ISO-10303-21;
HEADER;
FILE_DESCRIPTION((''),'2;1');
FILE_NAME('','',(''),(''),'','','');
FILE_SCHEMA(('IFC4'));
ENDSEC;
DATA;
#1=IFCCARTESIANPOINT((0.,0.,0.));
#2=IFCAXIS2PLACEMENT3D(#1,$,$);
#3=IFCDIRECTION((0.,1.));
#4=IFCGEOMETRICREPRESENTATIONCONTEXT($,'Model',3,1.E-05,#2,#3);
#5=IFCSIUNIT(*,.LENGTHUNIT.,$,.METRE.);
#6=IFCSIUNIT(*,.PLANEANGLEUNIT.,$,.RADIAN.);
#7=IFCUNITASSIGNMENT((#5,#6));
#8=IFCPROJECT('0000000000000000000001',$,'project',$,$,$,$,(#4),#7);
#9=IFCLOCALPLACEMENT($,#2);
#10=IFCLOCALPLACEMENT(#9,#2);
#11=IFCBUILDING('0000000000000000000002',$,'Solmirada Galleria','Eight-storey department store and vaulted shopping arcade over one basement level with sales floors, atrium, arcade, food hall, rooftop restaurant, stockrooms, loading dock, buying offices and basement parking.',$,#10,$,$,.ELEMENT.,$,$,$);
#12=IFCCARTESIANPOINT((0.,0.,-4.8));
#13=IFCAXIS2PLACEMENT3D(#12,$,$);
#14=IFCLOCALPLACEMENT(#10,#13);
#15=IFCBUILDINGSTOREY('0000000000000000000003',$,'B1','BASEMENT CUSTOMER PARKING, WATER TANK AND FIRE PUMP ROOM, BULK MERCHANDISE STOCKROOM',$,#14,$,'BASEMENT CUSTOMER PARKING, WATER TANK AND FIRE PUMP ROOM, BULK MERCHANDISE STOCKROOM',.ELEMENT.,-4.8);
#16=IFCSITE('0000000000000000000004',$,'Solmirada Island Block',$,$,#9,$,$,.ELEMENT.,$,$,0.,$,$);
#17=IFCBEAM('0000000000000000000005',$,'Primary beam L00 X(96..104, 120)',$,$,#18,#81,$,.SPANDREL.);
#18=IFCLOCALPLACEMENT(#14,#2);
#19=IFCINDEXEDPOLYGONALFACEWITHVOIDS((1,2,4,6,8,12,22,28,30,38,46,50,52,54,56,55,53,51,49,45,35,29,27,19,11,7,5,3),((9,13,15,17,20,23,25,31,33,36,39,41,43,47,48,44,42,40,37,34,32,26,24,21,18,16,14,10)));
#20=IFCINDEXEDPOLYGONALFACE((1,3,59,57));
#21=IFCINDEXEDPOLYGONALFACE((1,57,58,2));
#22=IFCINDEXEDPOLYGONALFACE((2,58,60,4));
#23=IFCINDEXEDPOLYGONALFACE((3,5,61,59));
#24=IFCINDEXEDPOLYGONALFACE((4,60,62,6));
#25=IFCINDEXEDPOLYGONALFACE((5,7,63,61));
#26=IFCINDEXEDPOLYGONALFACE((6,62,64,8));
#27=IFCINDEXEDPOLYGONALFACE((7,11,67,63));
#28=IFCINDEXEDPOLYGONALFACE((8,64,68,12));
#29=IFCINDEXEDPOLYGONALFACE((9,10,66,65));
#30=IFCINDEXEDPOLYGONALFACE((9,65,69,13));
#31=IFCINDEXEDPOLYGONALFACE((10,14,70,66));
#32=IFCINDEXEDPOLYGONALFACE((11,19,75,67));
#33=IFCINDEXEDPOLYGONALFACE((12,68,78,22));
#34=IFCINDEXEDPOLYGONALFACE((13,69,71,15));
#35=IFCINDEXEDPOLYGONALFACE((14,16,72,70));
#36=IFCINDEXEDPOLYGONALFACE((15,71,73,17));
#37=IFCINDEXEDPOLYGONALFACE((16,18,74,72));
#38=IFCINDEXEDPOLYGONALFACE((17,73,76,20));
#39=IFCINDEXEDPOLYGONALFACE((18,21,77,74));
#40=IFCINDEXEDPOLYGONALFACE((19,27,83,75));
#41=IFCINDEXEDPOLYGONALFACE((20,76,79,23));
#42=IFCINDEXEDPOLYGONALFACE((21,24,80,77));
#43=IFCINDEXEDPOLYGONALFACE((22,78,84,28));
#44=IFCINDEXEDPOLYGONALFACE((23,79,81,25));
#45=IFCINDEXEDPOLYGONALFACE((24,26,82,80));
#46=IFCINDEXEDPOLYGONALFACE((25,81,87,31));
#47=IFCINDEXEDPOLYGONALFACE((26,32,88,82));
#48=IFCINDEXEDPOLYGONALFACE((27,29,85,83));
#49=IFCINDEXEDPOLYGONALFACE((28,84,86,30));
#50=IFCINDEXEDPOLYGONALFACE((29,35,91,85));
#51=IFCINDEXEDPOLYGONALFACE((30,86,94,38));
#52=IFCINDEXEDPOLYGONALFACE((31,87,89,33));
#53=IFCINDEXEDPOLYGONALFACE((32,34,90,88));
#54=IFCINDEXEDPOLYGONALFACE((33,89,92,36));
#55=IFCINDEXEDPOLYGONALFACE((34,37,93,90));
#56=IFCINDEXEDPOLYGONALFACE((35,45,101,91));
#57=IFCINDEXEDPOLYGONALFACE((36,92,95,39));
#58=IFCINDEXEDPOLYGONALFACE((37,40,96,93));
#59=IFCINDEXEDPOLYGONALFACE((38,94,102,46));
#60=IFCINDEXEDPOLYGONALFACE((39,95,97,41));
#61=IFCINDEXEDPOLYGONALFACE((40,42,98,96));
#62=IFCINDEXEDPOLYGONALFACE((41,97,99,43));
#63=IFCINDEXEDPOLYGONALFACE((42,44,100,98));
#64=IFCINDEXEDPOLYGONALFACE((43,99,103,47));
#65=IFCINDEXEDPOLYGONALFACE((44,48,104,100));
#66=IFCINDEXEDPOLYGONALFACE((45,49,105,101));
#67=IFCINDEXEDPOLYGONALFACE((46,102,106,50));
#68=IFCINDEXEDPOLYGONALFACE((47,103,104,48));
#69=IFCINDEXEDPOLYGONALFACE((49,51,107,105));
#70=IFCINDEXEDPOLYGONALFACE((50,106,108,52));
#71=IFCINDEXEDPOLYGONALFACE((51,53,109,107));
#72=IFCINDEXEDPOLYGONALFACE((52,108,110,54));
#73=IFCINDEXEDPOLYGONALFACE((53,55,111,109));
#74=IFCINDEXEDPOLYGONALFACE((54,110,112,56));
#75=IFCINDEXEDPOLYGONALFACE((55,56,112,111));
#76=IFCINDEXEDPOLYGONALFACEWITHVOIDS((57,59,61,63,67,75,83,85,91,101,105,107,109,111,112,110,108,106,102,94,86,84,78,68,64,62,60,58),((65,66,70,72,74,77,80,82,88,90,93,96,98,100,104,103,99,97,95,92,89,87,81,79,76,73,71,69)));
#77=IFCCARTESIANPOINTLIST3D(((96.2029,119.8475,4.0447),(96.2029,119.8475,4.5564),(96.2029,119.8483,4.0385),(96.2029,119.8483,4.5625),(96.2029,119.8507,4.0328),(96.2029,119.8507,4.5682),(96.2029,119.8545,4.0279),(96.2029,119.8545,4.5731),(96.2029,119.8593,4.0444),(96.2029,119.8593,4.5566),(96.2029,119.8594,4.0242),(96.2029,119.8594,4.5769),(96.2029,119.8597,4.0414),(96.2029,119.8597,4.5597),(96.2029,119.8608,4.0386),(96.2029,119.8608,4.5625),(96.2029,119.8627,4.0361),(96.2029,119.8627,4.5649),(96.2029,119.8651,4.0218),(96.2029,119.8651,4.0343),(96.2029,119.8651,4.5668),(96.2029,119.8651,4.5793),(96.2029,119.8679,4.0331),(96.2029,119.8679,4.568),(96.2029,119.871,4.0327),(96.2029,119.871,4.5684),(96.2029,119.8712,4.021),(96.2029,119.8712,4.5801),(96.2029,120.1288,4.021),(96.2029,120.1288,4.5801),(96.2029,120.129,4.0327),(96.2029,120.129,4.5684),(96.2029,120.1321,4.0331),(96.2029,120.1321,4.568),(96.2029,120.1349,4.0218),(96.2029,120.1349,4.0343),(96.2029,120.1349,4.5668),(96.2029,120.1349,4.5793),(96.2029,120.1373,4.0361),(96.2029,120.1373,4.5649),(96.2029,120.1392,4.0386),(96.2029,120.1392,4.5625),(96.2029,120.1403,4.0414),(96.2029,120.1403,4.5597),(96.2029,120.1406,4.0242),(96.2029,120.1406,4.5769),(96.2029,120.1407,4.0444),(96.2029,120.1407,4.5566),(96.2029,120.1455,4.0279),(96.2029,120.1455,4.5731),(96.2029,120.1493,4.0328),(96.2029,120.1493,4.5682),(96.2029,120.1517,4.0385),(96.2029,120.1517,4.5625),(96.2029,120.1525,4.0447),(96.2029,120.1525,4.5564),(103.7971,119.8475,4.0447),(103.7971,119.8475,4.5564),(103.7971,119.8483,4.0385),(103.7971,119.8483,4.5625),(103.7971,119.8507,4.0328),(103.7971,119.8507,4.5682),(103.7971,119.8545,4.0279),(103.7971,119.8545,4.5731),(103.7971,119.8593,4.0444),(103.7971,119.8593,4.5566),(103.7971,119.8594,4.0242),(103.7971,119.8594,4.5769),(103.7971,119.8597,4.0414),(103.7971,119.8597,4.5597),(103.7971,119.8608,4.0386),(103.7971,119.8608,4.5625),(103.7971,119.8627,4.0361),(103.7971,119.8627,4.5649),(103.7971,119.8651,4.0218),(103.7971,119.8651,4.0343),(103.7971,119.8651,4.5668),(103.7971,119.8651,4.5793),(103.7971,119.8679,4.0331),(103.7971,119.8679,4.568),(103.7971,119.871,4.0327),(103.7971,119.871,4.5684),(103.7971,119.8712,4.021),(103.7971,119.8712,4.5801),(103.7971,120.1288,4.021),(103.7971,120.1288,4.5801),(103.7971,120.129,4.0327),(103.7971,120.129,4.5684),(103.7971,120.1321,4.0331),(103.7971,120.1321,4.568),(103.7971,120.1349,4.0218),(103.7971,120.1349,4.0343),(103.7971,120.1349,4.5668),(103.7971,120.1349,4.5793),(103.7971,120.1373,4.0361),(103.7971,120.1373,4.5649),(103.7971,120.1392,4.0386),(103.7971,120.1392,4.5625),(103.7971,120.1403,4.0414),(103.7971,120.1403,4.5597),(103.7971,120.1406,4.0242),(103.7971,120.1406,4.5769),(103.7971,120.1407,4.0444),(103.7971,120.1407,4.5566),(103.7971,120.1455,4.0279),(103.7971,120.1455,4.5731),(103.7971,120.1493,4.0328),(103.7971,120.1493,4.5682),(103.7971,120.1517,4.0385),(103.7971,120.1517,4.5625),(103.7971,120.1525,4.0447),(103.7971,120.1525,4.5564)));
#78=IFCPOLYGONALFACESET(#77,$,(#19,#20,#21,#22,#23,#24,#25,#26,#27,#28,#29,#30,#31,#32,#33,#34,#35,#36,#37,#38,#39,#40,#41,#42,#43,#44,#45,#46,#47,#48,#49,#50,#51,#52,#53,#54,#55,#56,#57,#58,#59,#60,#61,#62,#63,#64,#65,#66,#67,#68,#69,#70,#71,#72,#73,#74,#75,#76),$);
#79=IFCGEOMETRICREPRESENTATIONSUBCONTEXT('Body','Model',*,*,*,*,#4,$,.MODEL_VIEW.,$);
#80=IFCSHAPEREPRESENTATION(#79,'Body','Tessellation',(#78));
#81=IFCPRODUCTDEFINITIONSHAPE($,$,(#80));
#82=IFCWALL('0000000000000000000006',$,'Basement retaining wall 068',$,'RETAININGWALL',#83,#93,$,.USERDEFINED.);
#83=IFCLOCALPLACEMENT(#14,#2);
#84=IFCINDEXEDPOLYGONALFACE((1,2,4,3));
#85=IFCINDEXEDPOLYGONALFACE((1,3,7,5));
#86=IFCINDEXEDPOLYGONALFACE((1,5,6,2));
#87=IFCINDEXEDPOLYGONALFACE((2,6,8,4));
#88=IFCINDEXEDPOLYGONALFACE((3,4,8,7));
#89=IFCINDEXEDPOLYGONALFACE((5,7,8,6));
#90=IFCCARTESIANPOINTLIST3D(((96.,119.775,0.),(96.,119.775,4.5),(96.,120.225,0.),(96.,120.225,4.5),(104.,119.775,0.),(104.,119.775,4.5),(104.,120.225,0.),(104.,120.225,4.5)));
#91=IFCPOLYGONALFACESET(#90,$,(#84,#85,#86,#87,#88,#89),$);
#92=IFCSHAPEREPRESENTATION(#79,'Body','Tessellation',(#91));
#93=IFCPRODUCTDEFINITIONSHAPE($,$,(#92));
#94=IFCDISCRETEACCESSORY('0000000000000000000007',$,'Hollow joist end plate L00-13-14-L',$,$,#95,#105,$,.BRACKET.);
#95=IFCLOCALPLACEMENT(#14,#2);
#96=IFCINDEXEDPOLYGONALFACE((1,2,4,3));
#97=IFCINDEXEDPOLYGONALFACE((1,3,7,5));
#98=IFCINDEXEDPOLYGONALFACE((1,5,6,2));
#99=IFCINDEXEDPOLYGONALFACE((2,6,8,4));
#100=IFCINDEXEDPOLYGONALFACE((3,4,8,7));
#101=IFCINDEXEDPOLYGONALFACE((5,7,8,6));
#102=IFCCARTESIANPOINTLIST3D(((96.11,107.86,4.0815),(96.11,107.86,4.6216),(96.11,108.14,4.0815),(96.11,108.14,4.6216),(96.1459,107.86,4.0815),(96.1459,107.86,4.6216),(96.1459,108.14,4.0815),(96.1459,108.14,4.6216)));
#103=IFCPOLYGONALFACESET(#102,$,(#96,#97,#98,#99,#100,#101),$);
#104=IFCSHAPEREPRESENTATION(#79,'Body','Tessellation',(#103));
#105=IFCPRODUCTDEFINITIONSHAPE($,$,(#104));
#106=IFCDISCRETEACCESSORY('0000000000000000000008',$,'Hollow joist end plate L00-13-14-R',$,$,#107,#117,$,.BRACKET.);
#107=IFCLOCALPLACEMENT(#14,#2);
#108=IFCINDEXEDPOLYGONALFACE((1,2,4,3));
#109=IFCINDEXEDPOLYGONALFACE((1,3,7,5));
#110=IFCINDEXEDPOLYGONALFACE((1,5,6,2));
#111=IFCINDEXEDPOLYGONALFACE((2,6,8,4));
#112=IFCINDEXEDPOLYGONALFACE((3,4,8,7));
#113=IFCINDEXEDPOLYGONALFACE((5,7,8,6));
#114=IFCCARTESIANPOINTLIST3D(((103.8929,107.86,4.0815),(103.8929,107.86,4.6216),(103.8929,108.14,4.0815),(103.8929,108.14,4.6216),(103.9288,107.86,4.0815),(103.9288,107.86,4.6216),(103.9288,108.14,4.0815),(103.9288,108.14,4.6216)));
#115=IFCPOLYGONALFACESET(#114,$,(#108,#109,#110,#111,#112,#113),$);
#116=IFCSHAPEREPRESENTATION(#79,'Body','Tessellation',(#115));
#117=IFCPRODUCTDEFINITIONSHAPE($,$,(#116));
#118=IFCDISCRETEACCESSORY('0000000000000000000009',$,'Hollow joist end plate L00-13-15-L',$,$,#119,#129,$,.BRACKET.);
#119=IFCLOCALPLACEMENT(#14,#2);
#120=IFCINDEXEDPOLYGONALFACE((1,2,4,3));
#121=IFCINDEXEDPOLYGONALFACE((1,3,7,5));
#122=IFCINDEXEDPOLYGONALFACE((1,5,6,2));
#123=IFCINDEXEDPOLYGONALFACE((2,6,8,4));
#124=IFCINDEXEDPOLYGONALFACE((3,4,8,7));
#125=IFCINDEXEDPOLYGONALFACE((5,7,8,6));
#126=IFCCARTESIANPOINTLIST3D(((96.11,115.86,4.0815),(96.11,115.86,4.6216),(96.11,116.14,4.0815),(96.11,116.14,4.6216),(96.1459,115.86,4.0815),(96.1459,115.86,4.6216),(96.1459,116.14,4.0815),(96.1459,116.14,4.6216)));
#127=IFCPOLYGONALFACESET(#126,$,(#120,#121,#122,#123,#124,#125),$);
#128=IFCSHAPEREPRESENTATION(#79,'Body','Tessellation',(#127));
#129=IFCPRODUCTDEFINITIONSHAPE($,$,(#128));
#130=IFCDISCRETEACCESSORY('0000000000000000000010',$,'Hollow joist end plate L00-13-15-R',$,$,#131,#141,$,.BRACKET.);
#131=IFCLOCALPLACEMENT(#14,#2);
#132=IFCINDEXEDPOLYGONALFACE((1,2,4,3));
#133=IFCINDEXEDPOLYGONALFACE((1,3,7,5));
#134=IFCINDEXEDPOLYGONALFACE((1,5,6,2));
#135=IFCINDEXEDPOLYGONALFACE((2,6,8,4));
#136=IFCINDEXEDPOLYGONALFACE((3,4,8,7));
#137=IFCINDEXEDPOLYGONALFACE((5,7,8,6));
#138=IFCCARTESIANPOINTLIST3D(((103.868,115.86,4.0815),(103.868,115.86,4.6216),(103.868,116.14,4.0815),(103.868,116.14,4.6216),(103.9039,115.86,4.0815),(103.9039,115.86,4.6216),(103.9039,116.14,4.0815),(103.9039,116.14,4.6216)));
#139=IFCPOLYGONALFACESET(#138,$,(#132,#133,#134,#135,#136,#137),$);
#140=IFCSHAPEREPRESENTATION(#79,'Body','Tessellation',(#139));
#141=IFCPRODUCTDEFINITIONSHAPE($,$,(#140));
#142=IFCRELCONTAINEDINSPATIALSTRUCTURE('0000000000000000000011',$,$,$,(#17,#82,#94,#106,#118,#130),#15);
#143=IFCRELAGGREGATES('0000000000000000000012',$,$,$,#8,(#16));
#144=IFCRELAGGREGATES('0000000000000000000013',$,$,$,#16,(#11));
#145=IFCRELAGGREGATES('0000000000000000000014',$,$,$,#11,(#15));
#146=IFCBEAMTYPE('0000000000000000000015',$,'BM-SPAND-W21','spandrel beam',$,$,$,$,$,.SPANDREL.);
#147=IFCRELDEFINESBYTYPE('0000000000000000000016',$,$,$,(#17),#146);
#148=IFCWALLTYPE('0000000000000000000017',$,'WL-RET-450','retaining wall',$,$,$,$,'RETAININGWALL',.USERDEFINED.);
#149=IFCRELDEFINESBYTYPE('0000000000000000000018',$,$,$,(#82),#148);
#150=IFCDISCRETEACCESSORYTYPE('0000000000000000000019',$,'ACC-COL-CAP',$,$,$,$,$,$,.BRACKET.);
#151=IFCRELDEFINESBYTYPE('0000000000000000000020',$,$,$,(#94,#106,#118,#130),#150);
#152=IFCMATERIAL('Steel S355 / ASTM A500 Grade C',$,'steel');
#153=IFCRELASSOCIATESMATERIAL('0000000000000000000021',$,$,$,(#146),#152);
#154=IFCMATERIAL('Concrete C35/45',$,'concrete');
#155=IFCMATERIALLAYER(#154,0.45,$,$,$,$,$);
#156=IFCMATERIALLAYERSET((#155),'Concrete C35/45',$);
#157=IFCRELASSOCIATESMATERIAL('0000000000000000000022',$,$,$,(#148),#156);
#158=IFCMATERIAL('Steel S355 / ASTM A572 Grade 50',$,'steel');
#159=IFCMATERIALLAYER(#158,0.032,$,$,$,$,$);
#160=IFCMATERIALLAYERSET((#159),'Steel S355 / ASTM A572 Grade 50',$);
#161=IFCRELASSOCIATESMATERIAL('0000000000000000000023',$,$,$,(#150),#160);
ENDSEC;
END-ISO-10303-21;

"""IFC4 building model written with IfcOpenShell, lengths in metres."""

from ifc_helpers import new_model, si_unit, direction, frame, frame_2d, origin, origin_2d, place, context, subcontext, project, spatial, rectangle, hollow_rectangle, extrude, material, layer, layer_set, material_profile, profile_set, type_object, element, save


model = new_model("IFC4")

# Units and contexts
model_context = context("Model", 3, precision=1e-05, world=origin(), true_north=direction((0.0, 1.0)))
body_context = subcontext(model_context, "Body", "Model", "MODEL_VIEW")
ifc_project = project(units=[si_unit("LENGTHUNIT", "METRE"), si_unit("PLANEANGLEUNIT", "RADIAN")], contexts=[model_context])

# Site, building, storey
site_placement = place(None, origin())
site = spatial("IfcSite", under=ifc_project, at=site_placement, Name="Solmirada Island Block", CompositionType="ELEMENT", RefElevation=0.0)
building_placement = place(site_placement, origin())
building = spatial("IfcBuilding", under=site, at=building_placement, Name="Solmirada Galleria", Description="Eight-storey department store and vaulted shopping arcade over one basement level with sales floors, atrium, arcade, food hall, rooftop restaurant, stockrooms, loading dock, buying offices and basement parking.", CompositionType="ELEMENT")
storey_placement = place(building_placement, frame((0.0, 0.0, -4.8)))
storey = spatial("IfcBuildingStorey", under=building, at=storey_placement, Name="B1", Description="BASEMENT CUSTOMER PARKING, WATER TANK AND FIRE PUMP ROOM, BULK MERCHANDISE STOCKROOM", LongName="BASEMENT CUSTOMER PARKING, WATER TANK AND FIRE PUMP ROOM, BULK MERCHANDISE STOCKROOM", CompositionType="ELEMENT", Elevation=-4.8)

# Shared definitions
ifc_material_1 = material(Name="Concrete C35/45", Category="concrete")

# Shared definitions
ifc_material_2 = material(Name="Steel S355 / ASTM A500 Grade C", Category="steel")

# Beam
ifc_material_profile_1 = material_profile(ifc_material_2, hollow_rectangle(XDim=0.3049, YDim=0.5591, WallThickness=0.0117, InnerFilletRadius=0.0117, OuterFilletRadius=0.0237, at=origin_2d()), Name="HSS22X12X1/2")
ifc_profile_set_1 = profile_set([ifc_material_profile_1], Name="Steel S355 / ASTM A500 Grade C")
beam_type_1 = type_object("IfcBeamType", Name="BM-SPAND-W21", Description="spandrel beam", PredefinedType="SPANDREL", material=ifc_profile_set_1)
beam_1_placement = place(storey_placement, frame((96.2029, 120.0, 4.3005), z_axis=(1.0, 0.0, 0.0), x_axis=(0.0, 1.0, 0.0)))
element("IfcBeam", 1, at=beam_1_placement, inside=storey, type_object=beam_type_1, Name="Primary beam L00 X(96..104, 120)", PredefinedType="SPANDREL", context=body_context, shape_type="SweptSolid", body=[
    extrude(hollow_rectangle(XDim=0.3049, YDim=0.5591, WallThickness=0.0117, InnerFilletRadius=0.0117, OuterFilletRadius=0.0237, at=origin_2d()), origin(), (0.0, 0.0, 1.0), 7.5942),
])

# Wall
ifc_layer_1 = layer(ifc_material_1, 0.45)
ifc_layer_set_1 = layer_set([ifc_layer_1], Name="Concrete C35/45")
wall_type = type_object("IfcWallType", Name="WL-RET-450", Description="retaining wall", ElementType="RETAININGWALL", PredefinedType="USERDEFINED", material=ifc_layer_set_1)
wall_placement = place(storey_placement, frame((96.0, 120.0, 0.0), z_axis=(0.0, 0.0, 1.0), x_axis=(1.0, 0.0, 0.0)))
element("IfcWall", 2, at=wall_placement, inside=storey, type_object=wall_type, Name="Basement retaining wall 068", ObjectType="RETAININGWALL", PredefinedType="USERDEFINED", context=body_context, shape_type="SweptSolid", body=[
    extrude(rectangle(XDim=8.0, YDim=0.45, at=frame_2d((4.0, 0.0))), origin(), (0.0, 0.0, 1.0), 4.5),
])

# Discrete accessories
ifc_material_3 = material(Name="Steel S355 / ASTM A572 Grade 50", Category="steel")
ifc_layer_2 = layer(ifc_material_3, 0.032)
ifc_layer_set_2 = layer_set([ifc_layer_2], Name="Steel S355 / ASTM A572 Grade 50")
discrete_accessory_type = type_object("IfcDiscreteAccessoryType", Name="ACC-COL-CAP", PredefinedType="BRACKET", material=ifc_layer_set_2)
for number, where, z_axis, x_axis, name in (
    (3, (96.1279, 108.0, 4.0815), (0.0, 0.0, 1.0), (1.0, 0.0, 0.0), "Hollow joist end plate L00-13-14-L"),
    (4, (103.9109, 108.0, 4.0815), (0.0, 0.0, 1.0), (1.0, 0.0, 0.0), "Hollow joist end plate L00-13-14-R"),
    (5, (96.1279, 116.0, 4.0815), (0.0, 0.0, 1.0), (1.0, 0.0, 0.0), "Hollow joist end plate L00-13-15-L"),
    (6, (103.886, 116.0, 4.0815), (0.0, 0.0, 1.0), (1.0, 0.0, 0.0), "Hollow joist end plate L00-13-15-R"),
):
    element("IfcDiscreteAccessory", number, at=place(storey_placement, frame(where, z_axis=z_axis, x_axis=x_axis)), inside=storey, type_object=discrete_accessory_type, Name=name, PredefinedType="BRACKET", context=body_context, shape_type="SweptSolid", body=[
        extrude(rectangle(XDim=0.0359, YDim=0.28, at=origin_2d()), origin(), (0.0, 0.0, 1.0), 0.54),
    ])

save(model, "model.ifc")
